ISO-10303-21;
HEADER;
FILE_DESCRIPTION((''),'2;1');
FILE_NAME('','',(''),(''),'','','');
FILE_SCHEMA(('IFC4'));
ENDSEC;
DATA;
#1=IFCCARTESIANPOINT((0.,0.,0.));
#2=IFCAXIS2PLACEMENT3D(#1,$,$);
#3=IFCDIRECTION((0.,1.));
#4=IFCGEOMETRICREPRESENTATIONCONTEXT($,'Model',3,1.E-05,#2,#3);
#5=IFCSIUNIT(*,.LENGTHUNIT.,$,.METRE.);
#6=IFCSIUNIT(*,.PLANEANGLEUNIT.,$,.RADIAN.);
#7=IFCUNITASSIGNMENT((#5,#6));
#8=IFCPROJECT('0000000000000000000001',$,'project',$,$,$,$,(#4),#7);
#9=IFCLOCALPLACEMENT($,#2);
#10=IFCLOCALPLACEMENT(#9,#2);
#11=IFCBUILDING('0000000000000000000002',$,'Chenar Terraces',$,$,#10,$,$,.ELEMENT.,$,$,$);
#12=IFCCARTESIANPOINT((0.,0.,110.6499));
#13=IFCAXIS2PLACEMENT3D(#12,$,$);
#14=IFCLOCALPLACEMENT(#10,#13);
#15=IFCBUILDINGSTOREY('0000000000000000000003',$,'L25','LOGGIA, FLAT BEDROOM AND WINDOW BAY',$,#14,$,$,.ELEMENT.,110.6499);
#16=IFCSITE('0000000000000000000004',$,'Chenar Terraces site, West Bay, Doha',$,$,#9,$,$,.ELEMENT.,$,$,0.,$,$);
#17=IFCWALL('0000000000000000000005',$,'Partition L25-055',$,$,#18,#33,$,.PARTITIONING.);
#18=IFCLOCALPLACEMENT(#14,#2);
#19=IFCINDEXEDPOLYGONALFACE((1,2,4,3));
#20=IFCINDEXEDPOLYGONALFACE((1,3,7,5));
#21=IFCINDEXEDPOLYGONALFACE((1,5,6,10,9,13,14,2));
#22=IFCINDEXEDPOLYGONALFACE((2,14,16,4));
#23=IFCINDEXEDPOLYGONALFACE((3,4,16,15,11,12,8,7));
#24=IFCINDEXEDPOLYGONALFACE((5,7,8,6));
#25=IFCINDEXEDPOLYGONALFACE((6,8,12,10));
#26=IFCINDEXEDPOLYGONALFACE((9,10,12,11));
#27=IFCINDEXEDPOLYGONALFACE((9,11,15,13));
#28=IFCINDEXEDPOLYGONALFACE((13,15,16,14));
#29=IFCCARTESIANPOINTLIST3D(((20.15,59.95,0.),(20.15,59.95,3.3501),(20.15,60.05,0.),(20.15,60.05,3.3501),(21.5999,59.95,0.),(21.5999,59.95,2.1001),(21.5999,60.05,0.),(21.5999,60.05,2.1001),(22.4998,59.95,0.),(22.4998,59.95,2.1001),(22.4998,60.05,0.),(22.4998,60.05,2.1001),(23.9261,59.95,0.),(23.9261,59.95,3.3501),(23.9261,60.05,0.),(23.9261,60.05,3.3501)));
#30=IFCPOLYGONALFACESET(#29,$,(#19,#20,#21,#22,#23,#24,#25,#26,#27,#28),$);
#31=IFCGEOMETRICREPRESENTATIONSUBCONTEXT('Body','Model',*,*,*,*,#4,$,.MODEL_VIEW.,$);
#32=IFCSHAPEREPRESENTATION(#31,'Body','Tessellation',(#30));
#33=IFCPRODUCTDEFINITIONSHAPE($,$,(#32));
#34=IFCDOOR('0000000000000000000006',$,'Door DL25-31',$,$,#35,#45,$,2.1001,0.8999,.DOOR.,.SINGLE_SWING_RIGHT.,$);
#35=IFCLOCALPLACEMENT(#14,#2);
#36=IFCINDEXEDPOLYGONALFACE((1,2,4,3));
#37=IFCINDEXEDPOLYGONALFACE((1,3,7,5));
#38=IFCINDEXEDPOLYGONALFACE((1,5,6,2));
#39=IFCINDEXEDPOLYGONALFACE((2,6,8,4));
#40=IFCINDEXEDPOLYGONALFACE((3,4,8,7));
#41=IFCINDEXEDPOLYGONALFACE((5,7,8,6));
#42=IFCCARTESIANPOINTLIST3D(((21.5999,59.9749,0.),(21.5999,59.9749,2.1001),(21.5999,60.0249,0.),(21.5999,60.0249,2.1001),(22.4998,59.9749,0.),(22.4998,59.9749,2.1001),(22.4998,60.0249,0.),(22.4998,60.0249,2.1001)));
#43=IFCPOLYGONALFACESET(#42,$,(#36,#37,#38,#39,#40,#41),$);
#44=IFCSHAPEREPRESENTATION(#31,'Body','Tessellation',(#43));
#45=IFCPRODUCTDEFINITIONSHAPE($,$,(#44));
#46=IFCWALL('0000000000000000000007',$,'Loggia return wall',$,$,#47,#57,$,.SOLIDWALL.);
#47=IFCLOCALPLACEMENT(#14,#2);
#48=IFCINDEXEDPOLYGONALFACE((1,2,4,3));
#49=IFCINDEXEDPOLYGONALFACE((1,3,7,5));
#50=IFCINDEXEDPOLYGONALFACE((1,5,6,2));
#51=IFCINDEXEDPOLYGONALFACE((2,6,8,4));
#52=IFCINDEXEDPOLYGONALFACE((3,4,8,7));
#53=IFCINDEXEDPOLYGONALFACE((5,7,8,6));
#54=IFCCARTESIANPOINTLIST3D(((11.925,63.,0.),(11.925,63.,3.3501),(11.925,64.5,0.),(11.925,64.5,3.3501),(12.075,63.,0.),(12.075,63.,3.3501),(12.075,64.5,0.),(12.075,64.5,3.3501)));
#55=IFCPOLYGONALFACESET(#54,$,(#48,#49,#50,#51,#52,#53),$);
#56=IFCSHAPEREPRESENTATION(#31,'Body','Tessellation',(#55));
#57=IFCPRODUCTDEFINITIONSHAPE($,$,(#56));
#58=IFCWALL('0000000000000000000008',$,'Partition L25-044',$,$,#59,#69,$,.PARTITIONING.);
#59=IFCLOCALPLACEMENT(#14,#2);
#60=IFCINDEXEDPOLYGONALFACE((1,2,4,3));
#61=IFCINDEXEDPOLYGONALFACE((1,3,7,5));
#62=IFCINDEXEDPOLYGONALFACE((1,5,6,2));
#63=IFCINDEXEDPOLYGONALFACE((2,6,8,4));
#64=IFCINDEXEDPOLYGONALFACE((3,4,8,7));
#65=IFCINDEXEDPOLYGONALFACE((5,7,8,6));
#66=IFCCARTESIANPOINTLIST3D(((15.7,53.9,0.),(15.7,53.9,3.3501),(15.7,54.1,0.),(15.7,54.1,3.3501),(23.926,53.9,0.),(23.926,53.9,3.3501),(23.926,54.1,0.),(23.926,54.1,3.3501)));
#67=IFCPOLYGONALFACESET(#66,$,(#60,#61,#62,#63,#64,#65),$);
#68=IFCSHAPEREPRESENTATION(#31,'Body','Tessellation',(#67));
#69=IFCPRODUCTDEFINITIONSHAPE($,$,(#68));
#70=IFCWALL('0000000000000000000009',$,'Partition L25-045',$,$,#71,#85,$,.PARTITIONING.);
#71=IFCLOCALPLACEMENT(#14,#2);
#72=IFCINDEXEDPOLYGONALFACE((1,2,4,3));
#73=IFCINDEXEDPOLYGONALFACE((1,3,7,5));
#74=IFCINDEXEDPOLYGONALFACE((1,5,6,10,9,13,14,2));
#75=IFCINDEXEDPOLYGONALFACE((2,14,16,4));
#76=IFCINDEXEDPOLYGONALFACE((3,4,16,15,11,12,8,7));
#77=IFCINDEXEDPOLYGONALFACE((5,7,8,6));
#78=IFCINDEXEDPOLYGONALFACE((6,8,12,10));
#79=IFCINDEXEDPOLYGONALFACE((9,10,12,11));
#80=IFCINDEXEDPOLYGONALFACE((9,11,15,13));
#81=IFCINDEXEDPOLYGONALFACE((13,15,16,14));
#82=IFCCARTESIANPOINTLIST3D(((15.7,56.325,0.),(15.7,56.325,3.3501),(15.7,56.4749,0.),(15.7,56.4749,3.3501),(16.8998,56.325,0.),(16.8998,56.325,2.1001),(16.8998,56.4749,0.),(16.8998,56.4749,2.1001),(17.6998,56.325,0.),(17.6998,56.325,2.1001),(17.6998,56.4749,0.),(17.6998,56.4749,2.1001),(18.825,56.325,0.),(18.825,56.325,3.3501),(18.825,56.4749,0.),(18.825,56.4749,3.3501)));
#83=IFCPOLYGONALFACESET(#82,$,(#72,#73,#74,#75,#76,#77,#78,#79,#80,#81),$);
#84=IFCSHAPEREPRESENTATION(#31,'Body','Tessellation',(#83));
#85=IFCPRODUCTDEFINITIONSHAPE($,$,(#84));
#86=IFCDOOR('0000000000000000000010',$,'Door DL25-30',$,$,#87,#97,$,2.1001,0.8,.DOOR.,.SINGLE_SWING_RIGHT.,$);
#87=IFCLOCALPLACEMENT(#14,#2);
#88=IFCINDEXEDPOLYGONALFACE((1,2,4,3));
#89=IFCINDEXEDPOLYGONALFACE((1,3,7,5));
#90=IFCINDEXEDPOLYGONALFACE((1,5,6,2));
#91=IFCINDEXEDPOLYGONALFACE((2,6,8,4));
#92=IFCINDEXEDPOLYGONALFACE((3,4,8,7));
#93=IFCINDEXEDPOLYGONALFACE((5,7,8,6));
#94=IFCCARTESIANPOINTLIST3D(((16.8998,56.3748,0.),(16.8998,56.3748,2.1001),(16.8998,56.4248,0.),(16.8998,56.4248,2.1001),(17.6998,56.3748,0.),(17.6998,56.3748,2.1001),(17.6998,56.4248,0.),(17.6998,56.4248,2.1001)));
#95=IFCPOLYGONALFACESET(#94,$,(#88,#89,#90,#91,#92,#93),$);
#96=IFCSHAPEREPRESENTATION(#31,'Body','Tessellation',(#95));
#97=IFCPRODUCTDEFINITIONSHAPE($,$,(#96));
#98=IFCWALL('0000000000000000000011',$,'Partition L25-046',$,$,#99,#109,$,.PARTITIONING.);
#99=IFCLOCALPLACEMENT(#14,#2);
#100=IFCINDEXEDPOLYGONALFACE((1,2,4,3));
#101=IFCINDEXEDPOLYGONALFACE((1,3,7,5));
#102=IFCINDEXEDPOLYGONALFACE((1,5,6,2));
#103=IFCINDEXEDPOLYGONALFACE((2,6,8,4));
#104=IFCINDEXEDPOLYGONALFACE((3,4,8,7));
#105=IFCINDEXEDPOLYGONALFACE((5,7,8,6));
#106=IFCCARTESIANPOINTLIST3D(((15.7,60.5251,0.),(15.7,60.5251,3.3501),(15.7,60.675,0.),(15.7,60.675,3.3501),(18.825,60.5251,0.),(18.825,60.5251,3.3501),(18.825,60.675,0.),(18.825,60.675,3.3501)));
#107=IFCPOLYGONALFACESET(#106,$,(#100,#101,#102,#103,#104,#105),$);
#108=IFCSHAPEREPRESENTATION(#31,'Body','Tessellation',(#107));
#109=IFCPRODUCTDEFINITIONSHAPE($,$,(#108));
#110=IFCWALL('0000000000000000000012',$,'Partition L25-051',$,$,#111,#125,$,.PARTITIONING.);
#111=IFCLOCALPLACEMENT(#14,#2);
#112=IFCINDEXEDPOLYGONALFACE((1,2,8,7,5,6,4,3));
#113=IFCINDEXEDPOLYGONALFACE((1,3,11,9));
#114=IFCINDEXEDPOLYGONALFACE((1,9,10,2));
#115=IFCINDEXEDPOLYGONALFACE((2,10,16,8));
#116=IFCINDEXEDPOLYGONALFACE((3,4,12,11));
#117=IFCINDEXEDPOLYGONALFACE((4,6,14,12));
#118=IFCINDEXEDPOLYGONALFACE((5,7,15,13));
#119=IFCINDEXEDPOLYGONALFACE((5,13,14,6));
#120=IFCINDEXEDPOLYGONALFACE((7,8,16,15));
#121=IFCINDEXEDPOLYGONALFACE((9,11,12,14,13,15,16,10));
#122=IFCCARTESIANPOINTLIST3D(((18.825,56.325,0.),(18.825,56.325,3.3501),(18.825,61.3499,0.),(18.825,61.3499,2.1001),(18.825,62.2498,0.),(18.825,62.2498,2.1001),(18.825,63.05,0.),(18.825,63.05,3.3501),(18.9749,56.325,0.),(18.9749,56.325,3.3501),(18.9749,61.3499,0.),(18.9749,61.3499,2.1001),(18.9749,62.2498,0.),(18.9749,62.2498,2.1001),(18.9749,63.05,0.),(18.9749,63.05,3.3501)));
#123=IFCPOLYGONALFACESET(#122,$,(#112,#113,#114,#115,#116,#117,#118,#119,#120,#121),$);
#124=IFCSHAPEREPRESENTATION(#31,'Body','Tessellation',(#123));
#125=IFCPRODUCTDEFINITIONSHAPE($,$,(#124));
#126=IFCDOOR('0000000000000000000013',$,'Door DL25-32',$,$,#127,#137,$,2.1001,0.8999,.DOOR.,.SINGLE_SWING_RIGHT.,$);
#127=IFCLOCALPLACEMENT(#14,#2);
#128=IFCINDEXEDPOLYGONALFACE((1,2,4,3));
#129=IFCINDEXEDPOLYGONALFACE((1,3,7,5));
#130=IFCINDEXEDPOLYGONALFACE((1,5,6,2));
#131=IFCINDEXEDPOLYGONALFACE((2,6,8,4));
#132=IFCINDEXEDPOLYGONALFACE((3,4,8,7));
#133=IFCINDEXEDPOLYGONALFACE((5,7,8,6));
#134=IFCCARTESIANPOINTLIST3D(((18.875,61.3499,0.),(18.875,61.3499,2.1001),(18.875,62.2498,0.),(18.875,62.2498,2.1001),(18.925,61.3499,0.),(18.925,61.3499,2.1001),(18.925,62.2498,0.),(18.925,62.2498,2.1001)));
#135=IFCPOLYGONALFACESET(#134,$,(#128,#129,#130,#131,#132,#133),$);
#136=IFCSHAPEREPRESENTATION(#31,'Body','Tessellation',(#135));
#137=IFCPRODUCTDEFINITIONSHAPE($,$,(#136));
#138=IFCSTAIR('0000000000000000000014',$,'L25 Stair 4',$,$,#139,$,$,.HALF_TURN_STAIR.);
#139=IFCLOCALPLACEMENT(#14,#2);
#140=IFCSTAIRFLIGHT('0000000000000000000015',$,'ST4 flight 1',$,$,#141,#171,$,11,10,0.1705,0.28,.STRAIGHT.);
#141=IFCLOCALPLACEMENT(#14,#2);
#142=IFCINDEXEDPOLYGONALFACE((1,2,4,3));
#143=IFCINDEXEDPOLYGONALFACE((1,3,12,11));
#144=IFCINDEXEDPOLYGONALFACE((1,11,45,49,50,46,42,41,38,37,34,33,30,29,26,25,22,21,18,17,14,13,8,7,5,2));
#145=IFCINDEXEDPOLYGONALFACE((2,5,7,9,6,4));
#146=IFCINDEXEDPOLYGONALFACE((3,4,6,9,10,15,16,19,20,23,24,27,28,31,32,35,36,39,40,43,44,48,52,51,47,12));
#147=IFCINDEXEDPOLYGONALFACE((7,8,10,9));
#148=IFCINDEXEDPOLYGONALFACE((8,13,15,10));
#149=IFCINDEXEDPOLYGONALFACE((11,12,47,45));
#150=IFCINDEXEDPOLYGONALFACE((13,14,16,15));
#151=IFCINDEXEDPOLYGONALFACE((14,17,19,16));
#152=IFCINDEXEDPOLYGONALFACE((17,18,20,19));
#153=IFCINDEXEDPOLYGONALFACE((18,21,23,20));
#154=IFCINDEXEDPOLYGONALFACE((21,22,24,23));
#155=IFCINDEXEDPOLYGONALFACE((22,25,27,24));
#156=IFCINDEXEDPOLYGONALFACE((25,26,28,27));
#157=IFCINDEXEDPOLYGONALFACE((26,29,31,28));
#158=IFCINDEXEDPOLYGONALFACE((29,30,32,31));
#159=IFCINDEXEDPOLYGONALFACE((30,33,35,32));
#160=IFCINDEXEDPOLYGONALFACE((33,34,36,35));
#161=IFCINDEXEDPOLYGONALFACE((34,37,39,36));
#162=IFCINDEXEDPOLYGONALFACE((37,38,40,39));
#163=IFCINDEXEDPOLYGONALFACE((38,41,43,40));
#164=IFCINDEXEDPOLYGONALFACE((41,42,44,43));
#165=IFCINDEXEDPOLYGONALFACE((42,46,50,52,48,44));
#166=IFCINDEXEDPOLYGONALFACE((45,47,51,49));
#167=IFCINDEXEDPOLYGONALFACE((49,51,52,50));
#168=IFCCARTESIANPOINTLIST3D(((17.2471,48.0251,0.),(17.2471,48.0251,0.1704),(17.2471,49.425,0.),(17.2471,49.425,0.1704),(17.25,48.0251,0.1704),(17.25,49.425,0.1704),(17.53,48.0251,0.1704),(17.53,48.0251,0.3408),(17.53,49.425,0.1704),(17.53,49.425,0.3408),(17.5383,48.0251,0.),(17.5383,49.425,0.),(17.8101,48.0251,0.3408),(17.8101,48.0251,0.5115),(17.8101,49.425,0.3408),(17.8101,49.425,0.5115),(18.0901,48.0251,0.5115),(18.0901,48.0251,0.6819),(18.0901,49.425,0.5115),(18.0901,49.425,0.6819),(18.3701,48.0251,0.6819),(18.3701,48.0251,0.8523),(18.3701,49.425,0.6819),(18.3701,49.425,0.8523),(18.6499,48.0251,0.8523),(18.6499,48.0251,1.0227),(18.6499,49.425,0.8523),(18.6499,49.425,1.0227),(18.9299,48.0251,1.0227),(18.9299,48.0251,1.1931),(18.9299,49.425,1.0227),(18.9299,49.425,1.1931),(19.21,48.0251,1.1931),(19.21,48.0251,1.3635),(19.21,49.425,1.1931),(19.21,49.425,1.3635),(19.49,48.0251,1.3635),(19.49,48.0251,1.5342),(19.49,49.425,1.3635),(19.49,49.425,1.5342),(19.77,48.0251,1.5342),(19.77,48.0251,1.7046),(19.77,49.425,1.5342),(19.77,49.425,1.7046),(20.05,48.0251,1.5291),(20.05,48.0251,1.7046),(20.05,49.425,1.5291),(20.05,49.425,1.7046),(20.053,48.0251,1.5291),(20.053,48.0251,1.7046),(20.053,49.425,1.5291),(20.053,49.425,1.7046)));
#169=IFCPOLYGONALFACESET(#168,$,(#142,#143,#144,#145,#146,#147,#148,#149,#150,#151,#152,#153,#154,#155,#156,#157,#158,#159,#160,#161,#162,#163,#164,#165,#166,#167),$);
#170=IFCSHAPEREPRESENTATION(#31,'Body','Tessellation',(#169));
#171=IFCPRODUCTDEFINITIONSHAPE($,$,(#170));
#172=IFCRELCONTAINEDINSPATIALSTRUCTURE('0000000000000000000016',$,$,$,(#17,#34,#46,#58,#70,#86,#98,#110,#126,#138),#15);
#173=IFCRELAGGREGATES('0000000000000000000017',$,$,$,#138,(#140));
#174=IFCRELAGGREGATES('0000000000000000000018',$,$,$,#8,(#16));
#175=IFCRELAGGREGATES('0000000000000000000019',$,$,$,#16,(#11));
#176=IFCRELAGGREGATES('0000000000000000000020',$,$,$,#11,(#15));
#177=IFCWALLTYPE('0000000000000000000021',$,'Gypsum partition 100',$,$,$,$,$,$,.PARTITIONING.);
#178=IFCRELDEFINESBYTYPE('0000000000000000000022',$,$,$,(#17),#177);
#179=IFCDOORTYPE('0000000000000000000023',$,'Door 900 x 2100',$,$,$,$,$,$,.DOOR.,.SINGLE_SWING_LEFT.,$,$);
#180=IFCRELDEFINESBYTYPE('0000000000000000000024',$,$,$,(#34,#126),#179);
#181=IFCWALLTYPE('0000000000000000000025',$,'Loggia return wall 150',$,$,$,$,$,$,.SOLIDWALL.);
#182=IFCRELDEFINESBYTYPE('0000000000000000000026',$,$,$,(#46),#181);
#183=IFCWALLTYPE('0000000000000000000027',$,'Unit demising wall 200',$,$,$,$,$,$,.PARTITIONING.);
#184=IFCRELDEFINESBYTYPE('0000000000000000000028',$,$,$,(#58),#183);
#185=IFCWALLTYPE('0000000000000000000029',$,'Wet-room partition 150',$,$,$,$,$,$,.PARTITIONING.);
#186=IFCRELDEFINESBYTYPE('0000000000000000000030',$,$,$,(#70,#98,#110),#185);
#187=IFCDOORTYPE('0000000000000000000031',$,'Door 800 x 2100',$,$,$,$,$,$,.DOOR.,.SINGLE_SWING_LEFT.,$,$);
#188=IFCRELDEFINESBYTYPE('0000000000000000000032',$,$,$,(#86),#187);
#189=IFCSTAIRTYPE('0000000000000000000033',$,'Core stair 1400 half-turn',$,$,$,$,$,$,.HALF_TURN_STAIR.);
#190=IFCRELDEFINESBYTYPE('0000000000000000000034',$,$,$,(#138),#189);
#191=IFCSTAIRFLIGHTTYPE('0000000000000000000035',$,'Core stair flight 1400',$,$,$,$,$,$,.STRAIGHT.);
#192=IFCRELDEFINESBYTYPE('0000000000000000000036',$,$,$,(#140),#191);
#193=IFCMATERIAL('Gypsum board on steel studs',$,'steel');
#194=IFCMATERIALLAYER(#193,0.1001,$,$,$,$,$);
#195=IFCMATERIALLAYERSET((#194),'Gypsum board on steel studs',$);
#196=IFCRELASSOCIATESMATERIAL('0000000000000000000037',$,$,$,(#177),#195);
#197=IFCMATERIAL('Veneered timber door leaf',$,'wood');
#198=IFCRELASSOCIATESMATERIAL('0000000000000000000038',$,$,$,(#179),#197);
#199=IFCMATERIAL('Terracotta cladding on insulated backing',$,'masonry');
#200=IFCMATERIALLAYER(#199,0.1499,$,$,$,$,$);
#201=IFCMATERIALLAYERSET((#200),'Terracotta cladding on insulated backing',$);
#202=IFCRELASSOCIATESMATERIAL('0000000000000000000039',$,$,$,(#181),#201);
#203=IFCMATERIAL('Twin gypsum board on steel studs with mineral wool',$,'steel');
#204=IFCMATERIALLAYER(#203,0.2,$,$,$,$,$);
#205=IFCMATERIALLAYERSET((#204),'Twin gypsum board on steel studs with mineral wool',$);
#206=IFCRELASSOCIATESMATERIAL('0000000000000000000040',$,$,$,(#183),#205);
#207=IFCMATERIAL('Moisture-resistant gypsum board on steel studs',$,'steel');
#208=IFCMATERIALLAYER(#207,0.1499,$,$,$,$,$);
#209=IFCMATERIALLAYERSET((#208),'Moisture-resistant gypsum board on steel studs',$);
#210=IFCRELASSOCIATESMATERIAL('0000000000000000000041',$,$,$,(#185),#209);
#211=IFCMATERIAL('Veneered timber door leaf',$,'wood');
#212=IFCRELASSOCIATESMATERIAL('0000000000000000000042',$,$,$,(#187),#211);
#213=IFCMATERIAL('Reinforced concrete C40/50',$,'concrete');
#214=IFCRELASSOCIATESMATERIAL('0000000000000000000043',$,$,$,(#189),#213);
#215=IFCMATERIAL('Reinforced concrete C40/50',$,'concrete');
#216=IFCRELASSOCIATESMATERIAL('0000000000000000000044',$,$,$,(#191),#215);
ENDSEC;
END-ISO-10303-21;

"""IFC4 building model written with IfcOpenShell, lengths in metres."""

from ifc_helpers import new_model, si_unit, direction, frame, frame_2d, origin, place, context, subcontext, project, spatial, polyline, rectangle, outline, extrude, material, layer, layer_set, type_object, element, fill, aggregate, save


model = new_model("IFC4")

# Units and contexts
model_context = context("Model", 3, precision=1e-05, world=origin(), true_north=direction((0.0, 1.0)))
body_context = subcontext(model_context, "Body", "Model", "MODEL_VIEW")
ifc_project = project(units=[si_unit("LENGTHUNIT", "METRE"), si_unit("PLANEANGLEUNIT", "RADIAN")], contexts=[model_context])

# Site, building, storey
site_placement = place(None, origin())
site = spatial("IfcSite", under=ifc_project, at=site_placement, Name="Chenar Terraces site, West Bay, Doha", CompositionType="ELEMENT", RefElevation=0.0)
building_placement = place(site_placement, origin())
building = spatial("IfcBuilding", under=site, at=building_placement, Name="Chenar Terraces", CompositionType="ELEMENT")
storey_placement = place(building_placement, frame((0.0, 0.0, 110.6499)))
storey = spatial("IfcBuildingStorey", under=building, at=storey_placement, Name="L25", Description="LOGGIA, FLAT BEDROOM AND WINDOW BAY", CompositionType="ELEMENT", Elevation=110.6499)

# Shared definitions
ifc_material_1 = material(Name="Gypsum board on steel studs", Category="steel")
ifc_layer_1 = layer(ifc_material_1, 0.1001)
ifc_layer_set_1 = layer_set([ifc_layer_1], Name="Gypsum board on steel studs")
wall_type_1 = type_object("IfcWallType", Name="Gypsum partition 100", PredefinedType="PARTITIONING", material=ifc_layer_set_1)

# Wall, opening, door
wall_1_placement = place(storey_placement, frame((20.1499, 60.0, 0.0), z_axis=(0.0, 0.0, 1.0), x_axis=(1.0, 0.0, 0.0)))
wall_1 = element("IfcWall", 1, at=wall_1_placement, inside=storey, type_object=wall_type_1, Name="Partition L25-055", PredefinedType="PARTITIONING", context=body_context, shape_type="SweptSolid", body=[
    extrude(rectangle(XDim=3.7761, YDim=0.1001, at=frame_2d((1.8882, 0.0))), origin(), (0.0, 0.0, 1.0), 3.3501),
])
opening_1_placement = place(wall_1_placement, frame((1.45, 0.0, 0.0)))
opening_1 = element("IfcOpeningElement", 2, at=opening_1_placement, cuts=wall_1, PredefinedType="OPENING", context=body_context, shape_type="SweptSolid", body=[
    extrude(rectangle(XDim=0.8999, YDim=2.1001, at=frame_2d((0.45, 1.05))), frame((0.0, 0.0601, 0.0), z_axis=(0.0, -1.0, 0.0), x_axis=(1.0, 0.0, 0.0)), (0.0, 0.0, 1.0), 0.1201),
])
ifc_material_2 = material(Name="Veneered timber door leaf", Category="wood")
door_type_1 = type_object("IfcDoorType", Name="Door 900 x 2100", OperationType="SINGLE_SWING_LEFT", PredefinedType="DOOR", material=ifc_material_2)
door_1_placement = place(opening_1_placement, origin())
door_1 = element("IfcDoor", 3, at=door_1_placement, inside=storey, type_object=door_type_1, Name="Door DL25-31", OperationType="SINGLE_SWING_RIGHT", OverallHeight=2.1001, OverallWidth=0.8999, PredefinedType="DOOR", context=body_context, shape_type="SweptSolid", body=[
    extrude(rectangle(XDim=0.8999, YDim=2.1001, at=frame_2d((0.45, 1.05))), frame((0.0, 0.0249, 0.0), z_axis=(0.0, -1.0, 0.0), x_axis=(1.0, 0.0, 0.0)), (0.0, 0.0, 1.0), 0.05),
])
fill(opening_1, door_1)

# Walls
ifc_material_3 = material(Name="Terracotta cladding on insulated backing", Category="masonry")
ifc_layer_2 = layer(ifc_material_3, 0.1499)
ifc_layer_set_2 = layer_set([ifc_layer_2], Name="Terracotta cladding on insulated backing")
wall_type_2 = type_object("IfcWallType", Name="Loggia return wall 150", PredefinedType="SOLIDWALL", material=ifc_layer_set_2)
wall_2_placement = place(storey_placement, frame((12.0, 64.5, 0.0), z_axis=(0.0, 0.0, 1.0), x_axis=(0.0, -1.0, 0.0)))
element("IfcWall", 4, at=wall_2_placement, inside=storey, type_object=wall_type_2, Name="Loggia return wall", PredefinedType="SOLIDWALL", context=body_context, shape_type="SweptSolid", body=[
    extrude(rectangle(XDim=1.5, YDim=0.1499, at=frame_2d((0.75, 0.0))), origin(), (0.0, 0.0, 1.0), 3.3501),
])
ifc_material_4 = material(Name="Twin gypsum board on steel studs with mineral wool", Category="steel")
ifc_layer_3 = layer(ifc_material_4, 0.2)
ifc_layer_set_3 = layer_set([ifc_layer_3], Name="Twin gypsum board on steel studs with mineral wool")
wall_type_3 = type_object("IfcWallType", Name="Unit demising wall 200", PredefinedType="PARTITIONING", material=ifc_layer_set_3)
wall_3_placement = place(storey_placement, frame((15.7, 54.0, 0.0), z_axis=(0.0, 0.0, 1.0), x_axis=(1.0, 0.0, 0.0)))
element("IfcWall", 5, at=wall_3_placement, inside=storey, type_object=wall_type_3, Name="Partition L25-044", PredefinedType="PARTITIONING", context=body_context, shape_type="SweptSolid", body=[
    extrude(rectangle(XDim=8.2261, YDim=0.2, at=frame_2d((4.113, 0.0))), origin(), (0.0, 0.0, 1.0), 3.3501),
])

# Wall, opening, door
ifc_material_5 = material(Name="Moisture-resistant gypsum board on steel studs", Category="steel")
ifc_layer_4 = layer(ifc_material_5, 0.1499)
ifc_layer_set_4 = layer_set([ifc_layer_4], Name="Moisture-resistant gypsum board on steel studs")
wall_type_4 = type_object("IfcWallType", Name="Wet-room partition 150", PredefinedType="PARTITIONING", material=ifc_layer_set_4)
wall_4_placement = place(storey_placement, frame((15.7, 56.3999, 0.0), z_axis=(0.0, 0.0, 1.0), x_axis=(1.0, 0.0, 0.0)))
wall_4 = element("IfcWall", 6, at=wall_4_placement, inside=storey, type_object=wall_type_4, Name="Partition L25-045", PredefinedType="PARTITIONING", context=body_context, shape_type="SweptSolid", body=[
    extrude(rectangle(XDim=3.125, YDim=0.1499, at=frame_2d((1.5625, 0.0))), origin(), (0.0, 0.0, 1.0), 3.3501),
])
opening_2_placement = place(wall_4_placement, frame((1.2, 0.0, 0.0)))
opening_2 = element("IfcOpeningElement", 7, at=opening_2_placement, cuts=wall_4, PredefinedType="OPENING", context=body_context, shape_type="SweptSolid", body=[
    extrude(rectangle(XDim=0.8, YDim=2.1001, at=frame_2d((0.3999, 1.05))), frame((0.0, 0.085, 0.0), z_axis=(0.0, -1.0, 0.0), x_axis=(1.0, 0.0, 0.0)), (0.0, 0.0, 1.0), 0.1699),
])
ifc_material_6 = material(Name="Veneered timber door leaf", Category="wood")
door_type_2 = type_object("IfcDoorType", Name="Door 800 x 2100", OperationType="SINGLE_SWING_LEFT", PredefinedType="DOOR", material=ifc_material_6)
door_2_placement = place(opening_2_placement, origin())
door_2 = element("IfcDoor", 8, at=door_2_placement, inside=storey, type_object=door_type_2, Name="Door DL25-30", OperationType="SINGLE_SWING_RIGHT", OverallHeight=2.1001, OverallWidth=0.8, PredefinedType="DOOR", context=body_context, shape_type="SweptSolid", body=[
    extrude(rectangle(XDim=0.8, YDim=2.1001, at=frame_2d((0.3999, 1.05))), frame((0.0, 0.0249, 0.0), z_axis=(0.0, -1.0, 0.0), x_axis=(1.0, 0.0, 0.0)), (0.0, 0.0, 1.0), 0.05),
])
fill(opening_2, door_2)

# Wall
wall_5_placement = place(storey_placement, frame((15.7, 60.6001, 0.0), z_axis=(0.0, 0.0, 1.0), x_axis=(1.0, 0.0, 0.0)))
element("IfcWall", 9, at=wall_5_placement, inside=storey, type_object=wall_type_4, Name="Partition L25-046", PredefinedType="PARTITIONING", context=body_context, shape_type="SweptSolid", body=[
    extrude(rectangle(XDim=3.125, YDim=0.1499, at=frame_2d((1.5625, 0.0))), origin(), (0.0, 0.0, 1.0), 3.3501),
])

# Wall, opening, door
wall_6_placement = place(storey_placement, frame((18.8999, 56.325, 0.0), z_axis=(0.0, 0.0, 1.0), x_axis=(0.0, 1.0, 0.0)))
wall_6 = element("IfcWall", 10, at=wall_6_placement, inside=storey, type_object=wall_type_4, Name="Partition L25-051", PredefinedType="PARTITIONING", context=body_context, shape_type="SweptSolid", body=[
    extrude(rectangle(XDim=6.7251, YDim=0.1499, at=frame_2d((3.3625, 0.0))), origin(), (0.0, 0.0, 1.0), 3.3501),
])
opening_3_placement = place(wall_6_placement, frame((5.0249, 0.0, 0.0)))
opening_3 = element("IfcOpeningElement", 11, at=opening_3_placement, cuts=wall_6, PredefinedType="OPENING", context=body_context, shape_type="SweptSolid", body=[
    extrude(rectangle(XDim=0.8999, YDim=2.1001, at=frame_2d((0.45, 1.05))), frame((0.0, 0.085, 0.0), z_axis=(0.0, -1.0, 0.0), x_axis=(1.0, 0.0, 0.0)), (0.0, 0.0, 1.0), 0.1699),
])
door_3_placement = place(opening_3_placement, origin())
door_3 = element("IfcDoor", 12, at=door_3_placement, inside=storey, type_object=door_type_1, Name="Door DL25-32", OperationType="SINGLE_SWING_RIGHT", OverallHeight=2.1001, OverallWidth=0.8999, PredefinedType="DOOR", context=body_context, shape_type="SweptSolid", body=[
    extrude(rectangle(XDim=0.8999, YDim=2.1001, at=frame_2d((0.45, 1.05))), frame((0.0, 0.0249, 0.0), z_axis=(0.0, -1.0, 0.0), x_axis=(1.0, 0.0, 0.0)), (0.0, 0.0, 1.0), 0.05),
])
fill(opening_3, door_3)

# Stair, stair flight
ifc_material_7 = material(Name="Reinforced concrete C40/50", Category="concrete")
stair_type = type_object("IfcStairType", Name="Core stair 1400 half-turn", PredefinedType="HALF_TURN_STAIR", material=ifc_material_7)
stair_placement = place(storey_placement, origin())
stair = element("IfcStair", 13, at=stair_placement, inside=storey, type_object=stair_type, Name="L25 Stair 4", PredefinedType="HALF_TURN_STAIR")
ifc_material_8 = material(Name="Reinforced concrete C40/50", Category="concrete")
stair_flight_type = type_object("IfcStairFlightType", Name="Core stair flight 1400", PredefinedType="STRAIGHT", material=ifc_material_8)
stair_flight_1_placement = place(storey_placement, frame((17.25, 48.7251, 0.0), z_axis=(0.0, 0.0, 1.0), x_axis=(1.0, 0.0, 0.0)))
stair_flight_1 = element("IfcStairFlight", 14, at=stair_flight_1_placement, type_object=stair_flight_type, Name="ST4 flight 1", NumberOfRisers=11, NumberOfTreads=10, PredefinedType="STRAIGHT", RiserHeight=0.1705, TreadLength=0.28, context=body_context, shape_type="SweptSolid", body=[
    extrude(outline(polyline([(-0.0029, 0.0), (-0.0029, 0.1704), (0.0, 0.1704), (0.28, 0.1704), (0.28, 0.3408), (0.5601, 0.3408), (0.5601, 0.5115), (0.8401, 0.5115), (0.8401, 0.6819), (1.1201, 0.6819), (1.1201, 0.8523), (1.3999, 0.8523), (1.3999, 1.0227), (1.6799, 1.0227), (1.6799, 1.1931), (1.96, 1.1931), (1.96, 1.3635), (2.24, 1.3635), (2.24, 1.5342), (2.52, 1.5342), (2.52, 1.7046), (2.8, 1.7046), (2.803, 1.7046), (2.803, 1.5291), (2.8, 1.5291), (0.2883, 0.0), (-0.0029, 0.0)])), frame((0.0, 0.7, 0.0), z_axis=(0.0, -1.0, 0.0), x_axis=(1.0, 0.0, 0.0)), (0.0, 0.0, 1.0), 1.3999),
])
aggregate(stair, [stair_flight_1])

save(model, "model.ifc")
